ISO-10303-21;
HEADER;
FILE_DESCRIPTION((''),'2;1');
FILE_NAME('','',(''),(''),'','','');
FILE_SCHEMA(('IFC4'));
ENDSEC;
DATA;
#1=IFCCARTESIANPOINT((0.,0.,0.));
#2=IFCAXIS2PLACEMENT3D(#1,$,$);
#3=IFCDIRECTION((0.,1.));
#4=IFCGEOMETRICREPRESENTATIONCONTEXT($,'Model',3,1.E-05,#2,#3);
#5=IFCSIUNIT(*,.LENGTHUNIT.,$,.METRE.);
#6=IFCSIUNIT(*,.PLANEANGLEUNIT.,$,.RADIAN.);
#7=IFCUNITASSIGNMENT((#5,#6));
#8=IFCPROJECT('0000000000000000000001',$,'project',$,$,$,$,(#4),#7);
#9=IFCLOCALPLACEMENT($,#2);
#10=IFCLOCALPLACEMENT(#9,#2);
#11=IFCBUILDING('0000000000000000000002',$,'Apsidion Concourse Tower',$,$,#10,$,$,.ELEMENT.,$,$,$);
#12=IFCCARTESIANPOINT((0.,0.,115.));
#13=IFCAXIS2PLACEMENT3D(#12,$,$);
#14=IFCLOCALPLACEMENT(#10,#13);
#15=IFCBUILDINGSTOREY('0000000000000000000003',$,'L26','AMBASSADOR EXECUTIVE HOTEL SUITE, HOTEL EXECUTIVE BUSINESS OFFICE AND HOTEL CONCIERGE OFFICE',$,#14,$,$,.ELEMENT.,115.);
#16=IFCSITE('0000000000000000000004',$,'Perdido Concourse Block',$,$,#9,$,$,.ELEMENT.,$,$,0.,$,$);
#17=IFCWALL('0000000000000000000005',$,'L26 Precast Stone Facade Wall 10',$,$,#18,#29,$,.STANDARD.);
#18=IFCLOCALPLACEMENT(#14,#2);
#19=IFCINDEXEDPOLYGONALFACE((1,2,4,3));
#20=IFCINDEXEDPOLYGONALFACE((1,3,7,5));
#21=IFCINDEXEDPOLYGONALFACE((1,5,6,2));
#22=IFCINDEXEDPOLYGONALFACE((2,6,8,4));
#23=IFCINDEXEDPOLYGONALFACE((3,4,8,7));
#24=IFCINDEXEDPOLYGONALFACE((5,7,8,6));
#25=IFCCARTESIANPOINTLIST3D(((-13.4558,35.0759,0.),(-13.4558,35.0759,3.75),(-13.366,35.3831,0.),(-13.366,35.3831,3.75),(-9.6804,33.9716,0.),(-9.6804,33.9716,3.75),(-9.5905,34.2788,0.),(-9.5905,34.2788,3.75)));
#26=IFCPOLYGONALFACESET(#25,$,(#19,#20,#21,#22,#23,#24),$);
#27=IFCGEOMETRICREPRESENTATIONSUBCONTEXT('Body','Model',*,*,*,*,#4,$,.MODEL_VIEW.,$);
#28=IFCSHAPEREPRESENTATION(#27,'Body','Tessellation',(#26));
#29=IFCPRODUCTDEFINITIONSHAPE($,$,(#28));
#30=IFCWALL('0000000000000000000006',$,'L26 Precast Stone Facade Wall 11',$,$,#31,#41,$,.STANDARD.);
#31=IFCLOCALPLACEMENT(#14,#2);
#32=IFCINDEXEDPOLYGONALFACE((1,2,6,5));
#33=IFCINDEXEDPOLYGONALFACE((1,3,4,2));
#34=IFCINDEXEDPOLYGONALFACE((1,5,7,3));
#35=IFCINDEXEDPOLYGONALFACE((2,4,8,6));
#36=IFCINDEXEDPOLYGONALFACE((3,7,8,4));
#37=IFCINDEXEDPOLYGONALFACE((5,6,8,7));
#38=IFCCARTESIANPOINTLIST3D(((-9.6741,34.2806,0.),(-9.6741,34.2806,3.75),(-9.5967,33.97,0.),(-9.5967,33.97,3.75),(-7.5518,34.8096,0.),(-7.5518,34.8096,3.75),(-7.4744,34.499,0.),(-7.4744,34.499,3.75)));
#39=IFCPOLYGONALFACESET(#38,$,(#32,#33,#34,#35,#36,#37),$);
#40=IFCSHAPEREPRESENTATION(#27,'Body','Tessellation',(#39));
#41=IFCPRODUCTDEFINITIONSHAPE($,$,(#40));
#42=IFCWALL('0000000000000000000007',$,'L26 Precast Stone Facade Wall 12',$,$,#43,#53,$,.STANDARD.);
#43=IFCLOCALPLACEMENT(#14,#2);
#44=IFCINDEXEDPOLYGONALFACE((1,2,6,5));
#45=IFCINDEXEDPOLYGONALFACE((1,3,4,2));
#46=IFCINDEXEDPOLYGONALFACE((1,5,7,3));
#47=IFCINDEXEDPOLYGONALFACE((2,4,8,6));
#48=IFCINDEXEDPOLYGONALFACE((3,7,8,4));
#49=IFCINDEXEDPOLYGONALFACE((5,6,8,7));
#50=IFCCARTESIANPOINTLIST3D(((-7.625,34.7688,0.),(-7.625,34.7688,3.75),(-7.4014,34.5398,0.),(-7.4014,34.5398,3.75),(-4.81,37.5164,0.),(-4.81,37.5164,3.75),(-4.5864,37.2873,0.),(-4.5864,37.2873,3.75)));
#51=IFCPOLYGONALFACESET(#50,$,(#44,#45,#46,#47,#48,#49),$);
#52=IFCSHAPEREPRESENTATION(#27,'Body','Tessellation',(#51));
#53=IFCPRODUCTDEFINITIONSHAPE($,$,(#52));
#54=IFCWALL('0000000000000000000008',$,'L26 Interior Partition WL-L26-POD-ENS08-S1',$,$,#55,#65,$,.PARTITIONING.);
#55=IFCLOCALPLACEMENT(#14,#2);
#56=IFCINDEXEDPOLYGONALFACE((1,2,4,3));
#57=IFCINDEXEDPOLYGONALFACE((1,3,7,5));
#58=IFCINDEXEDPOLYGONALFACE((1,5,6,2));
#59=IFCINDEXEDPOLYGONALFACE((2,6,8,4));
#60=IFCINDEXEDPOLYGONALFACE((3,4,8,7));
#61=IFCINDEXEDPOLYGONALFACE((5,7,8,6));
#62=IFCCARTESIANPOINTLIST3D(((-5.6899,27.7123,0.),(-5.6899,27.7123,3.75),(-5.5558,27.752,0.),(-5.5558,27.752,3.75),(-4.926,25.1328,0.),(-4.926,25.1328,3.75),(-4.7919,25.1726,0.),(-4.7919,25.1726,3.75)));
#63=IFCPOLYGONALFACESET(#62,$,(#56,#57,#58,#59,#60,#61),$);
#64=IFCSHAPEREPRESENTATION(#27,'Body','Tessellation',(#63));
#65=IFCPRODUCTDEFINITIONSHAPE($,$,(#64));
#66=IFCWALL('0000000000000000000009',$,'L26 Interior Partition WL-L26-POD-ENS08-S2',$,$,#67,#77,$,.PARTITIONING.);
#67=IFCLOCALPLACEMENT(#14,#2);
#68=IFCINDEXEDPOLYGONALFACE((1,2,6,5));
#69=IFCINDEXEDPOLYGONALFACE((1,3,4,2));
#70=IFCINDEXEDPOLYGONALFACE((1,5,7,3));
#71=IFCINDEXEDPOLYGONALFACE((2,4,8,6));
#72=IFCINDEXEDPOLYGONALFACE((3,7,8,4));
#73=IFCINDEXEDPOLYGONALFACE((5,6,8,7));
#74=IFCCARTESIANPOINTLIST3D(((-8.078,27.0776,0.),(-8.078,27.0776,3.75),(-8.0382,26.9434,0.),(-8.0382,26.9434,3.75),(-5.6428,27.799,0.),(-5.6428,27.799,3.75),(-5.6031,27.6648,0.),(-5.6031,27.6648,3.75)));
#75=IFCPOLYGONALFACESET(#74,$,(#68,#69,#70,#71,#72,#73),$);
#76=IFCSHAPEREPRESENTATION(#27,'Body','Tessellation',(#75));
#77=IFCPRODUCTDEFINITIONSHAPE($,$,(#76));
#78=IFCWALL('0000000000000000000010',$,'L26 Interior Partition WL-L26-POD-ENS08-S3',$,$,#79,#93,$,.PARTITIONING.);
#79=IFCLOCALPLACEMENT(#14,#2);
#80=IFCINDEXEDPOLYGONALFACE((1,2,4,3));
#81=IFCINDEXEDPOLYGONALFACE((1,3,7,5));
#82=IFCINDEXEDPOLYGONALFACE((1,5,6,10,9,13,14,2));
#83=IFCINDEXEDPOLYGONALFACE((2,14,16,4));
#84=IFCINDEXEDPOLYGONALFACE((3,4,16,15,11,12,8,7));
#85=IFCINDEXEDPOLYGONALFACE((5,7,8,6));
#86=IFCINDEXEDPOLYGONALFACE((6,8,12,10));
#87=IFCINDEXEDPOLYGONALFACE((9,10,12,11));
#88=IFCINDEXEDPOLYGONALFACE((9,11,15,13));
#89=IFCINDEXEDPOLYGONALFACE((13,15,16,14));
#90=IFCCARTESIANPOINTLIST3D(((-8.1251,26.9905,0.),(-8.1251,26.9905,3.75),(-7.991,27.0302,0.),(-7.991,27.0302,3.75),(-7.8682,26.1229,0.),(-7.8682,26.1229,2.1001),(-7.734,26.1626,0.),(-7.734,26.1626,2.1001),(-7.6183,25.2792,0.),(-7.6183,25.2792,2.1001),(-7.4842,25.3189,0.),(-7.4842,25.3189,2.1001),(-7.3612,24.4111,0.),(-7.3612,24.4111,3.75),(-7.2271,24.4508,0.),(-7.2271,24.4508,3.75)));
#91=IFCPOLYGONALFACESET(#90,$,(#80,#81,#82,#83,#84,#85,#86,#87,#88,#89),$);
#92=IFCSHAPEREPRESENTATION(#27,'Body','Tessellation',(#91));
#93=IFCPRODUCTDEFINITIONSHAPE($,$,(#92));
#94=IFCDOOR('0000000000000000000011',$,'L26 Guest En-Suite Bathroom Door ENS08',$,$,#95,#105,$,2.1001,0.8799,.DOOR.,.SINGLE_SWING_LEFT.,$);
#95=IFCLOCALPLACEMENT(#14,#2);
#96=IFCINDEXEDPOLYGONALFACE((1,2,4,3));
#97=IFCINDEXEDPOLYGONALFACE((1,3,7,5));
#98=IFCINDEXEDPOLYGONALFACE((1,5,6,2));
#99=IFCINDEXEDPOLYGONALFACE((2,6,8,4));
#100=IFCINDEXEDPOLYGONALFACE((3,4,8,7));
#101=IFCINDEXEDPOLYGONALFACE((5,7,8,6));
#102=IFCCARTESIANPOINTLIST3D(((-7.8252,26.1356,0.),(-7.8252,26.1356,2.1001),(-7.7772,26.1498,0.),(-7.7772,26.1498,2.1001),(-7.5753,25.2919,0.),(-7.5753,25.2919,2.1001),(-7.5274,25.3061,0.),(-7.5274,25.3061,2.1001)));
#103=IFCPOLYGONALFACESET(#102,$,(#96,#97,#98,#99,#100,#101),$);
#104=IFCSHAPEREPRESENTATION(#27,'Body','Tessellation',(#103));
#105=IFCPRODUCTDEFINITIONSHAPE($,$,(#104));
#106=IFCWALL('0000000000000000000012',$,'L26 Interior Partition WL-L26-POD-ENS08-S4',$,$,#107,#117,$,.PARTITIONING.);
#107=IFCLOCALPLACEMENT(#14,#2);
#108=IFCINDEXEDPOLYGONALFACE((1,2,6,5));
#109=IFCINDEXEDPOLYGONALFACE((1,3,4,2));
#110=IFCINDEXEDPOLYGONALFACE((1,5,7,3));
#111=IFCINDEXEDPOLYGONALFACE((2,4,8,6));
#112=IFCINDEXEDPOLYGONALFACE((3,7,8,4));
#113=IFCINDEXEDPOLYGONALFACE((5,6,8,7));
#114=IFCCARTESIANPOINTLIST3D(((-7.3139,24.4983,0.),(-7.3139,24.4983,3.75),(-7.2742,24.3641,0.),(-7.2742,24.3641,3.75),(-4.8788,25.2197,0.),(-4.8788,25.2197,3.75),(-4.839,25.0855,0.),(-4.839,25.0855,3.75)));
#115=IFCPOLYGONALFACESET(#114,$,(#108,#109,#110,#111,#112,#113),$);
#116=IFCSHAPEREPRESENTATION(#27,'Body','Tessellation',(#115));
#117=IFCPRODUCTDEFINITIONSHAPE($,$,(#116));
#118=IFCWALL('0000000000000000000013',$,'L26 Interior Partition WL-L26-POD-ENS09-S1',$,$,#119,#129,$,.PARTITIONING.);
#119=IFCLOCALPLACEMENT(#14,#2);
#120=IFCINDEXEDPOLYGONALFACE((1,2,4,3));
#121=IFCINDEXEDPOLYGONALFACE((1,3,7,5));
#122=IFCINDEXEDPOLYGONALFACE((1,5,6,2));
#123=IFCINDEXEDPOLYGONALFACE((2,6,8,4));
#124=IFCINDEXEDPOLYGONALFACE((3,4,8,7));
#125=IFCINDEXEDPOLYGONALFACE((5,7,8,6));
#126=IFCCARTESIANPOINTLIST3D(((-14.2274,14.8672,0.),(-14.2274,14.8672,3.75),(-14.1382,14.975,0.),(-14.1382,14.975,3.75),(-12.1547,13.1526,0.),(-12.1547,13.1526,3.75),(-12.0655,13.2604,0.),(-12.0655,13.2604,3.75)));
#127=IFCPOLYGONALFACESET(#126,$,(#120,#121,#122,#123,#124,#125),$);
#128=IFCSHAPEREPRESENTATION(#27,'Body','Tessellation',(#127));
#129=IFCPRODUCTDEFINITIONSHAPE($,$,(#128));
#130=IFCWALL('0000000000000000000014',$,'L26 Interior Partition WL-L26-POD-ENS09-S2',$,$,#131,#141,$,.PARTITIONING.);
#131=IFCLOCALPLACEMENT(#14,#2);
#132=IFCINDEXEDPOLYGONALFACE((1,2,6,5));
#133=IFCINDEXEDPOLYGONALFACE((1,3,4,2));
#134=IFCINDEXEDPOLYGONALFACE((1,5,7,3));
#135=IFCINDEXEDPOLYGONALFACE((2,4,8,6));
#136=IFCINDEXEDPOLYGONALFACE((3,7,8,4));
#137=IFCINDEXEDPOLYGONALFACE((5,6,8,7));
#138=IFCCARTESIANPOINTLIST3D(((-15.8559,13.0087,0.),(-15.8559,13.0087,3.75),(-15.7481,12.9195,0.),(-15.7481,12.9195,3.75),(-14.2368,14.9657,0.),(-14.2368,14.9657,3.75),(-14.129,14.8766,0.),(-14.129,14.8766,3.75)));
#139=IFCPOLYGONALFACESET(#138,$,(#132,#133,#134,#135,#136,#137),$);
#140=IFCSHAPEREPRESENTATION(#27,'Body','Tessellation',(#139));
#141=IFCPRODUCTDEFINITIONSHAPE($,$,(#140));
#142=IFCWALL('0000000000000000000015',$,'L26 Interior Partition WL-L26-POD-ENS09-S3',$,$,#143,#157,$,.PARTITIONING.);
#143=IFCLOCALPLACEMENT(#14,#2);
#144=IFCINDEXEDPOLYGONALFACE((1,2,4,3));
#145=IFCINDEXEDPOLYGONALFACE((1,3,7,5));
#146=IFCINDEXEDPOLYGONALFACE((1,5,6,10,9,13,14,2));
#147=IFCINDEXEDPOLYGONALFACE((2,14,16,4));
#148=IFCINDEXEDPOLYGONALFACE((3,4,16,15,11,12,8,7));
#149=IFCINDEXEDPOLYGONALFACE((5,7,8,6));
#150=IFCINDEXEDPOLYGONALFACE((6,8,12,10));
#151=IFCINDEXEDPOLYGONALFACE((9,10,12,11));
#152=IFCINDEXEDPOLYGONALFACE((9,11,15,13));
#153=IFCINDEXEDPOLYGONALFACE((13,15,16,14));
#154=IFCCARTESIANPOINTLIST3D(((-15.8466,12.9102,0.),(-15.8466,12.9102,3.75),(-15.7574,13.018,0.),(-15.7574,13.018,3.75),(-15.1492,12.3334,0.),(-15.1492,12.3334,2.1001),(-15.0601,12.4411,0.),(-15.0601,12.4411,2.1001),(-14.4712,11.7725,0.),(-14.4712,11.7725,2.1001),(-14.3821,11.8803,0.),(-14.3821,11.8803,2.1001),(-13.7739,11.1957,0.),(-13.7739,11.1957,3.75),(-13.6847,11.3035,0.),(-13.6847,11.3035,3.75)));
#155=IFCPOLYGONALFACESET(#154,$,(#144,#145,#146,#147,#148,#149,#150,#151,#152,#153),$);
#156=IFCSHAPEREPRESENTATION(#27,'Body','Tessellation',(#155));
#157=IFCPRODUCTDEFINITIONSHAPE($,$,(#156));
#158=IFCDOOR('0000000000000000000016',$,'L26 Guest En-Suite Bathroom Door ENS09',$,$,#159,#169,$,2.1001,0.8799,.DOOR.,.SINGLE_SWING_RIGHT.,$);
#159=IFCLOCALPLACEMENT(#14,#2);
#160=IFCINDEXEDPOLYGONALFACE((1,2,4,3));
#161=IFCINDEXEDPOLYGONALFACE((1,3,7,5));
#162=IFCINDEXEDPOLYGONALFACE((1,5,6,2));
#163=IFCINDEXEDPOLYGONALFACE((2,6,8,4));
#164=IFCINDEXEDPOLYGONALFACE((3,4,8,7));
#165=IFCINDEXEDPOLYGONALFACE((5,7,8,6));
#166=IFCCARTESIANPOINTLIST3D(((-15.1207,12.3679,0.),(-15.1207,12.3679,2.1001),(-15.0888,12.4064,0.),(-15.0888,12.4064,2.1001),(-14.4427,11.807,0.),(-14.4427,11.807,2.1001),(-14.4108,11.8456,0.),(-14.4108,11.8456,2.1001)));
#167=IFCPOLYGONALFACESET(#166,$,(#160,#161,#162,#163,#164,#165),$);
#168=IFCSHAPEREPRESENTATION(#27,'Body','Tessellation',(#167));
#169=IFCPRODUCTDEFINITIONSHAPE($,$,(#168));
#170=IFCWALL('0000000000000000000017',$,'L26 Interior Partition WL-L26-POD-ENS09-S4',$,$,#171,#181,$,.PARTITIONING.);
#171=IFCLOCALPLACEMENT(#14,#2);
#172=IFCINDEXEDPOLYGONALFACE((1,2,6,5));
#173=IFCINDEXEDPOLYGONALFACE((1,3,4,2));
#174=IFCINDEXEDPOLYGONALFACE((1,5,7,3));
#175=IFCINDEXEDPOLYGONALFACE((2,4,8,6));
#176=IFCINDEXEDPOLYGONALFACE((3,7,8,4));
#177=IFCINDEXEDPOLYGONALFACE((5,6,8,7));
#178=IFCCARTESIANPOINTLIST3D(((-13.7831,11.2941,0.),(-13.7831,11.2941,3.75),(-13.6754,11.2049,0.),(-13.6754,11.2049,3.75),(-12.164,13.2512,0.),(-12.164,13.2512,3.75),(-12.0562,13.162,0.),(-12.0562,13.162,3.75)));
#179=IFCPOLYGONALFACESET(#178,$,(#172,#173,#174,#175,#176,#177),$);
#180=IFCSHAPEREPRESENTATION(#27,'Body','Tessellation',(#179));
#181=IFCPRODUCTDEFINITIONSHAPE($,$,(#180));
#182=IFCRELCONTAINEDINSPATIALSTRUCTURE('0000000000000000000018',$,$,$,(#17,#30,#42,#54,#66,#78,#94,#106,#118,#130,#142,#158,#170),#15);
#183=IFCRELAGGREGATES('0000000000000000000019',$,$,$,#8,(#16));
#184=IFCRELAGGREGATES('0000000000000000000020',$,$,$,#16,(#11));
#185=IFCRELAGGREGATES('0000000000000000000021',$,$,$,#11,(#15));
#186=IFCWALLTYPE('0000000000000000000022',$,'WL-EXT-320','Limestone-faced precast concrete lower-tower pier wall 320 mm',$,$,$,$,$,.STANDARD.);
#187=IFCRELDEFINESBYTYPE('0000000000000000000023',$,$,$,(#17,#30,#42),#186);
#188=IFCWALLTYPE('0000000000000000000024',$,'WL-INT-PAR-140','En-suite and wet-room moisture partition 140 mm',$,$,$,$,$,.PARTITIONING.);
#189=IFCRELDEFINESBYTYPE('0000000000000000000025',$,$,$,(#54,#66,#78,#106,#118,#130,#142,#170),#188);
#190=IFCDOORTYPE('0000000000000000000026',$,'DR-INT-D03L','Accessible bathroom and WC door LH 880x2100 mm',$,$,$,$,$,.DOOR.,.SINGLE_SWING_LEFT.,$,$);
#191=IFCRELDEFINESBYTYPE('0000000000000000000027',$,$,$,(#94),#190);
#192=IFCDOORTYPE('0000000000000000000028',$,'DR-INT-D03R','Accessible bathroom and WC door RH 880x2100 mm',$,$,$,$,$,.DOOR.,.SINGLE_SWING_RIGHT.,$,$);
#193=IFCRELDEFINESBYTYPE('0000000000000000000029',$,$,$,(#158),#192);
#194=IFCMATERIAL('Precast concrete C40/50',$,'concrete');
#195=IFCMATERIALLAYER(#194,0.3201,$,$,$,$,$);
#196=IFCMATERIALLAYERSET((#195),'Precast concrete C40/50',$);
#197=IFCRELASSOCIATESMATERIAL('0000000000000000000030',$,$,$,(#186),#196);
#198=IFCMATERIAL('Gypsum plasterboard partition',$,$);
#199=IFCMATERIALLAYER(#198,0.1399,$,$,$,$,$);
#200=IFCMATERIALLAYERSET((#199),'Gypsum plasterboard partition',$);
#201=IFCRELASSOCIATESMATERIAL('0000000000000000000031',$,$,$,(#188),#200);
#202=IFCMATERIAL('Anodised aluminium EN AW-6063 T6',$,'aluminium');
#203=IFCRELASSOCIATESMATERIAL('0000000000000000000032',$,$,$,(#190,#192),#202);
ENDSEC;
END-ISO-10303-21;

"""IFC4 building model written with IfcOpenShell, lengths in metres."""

from ifc_helpers import new_model, si_unit, direction, frame, frame_2d, origin, place, context, subcontext, project, spatial, rectangle, extrude, material, layer, layer_set, type_object, element, fill, save


model = new_model("IFC4")

# Units and contexts
model_context = context("Model", 3, precision=1e-05, world=origin(), true_north=direction((0.0, 1.0)))
body_context = subcontext(model_context, "Body", "Model", "MODEL_VIEW")
ifc_project = project(units=[si_unit("LENGTHUNIT", "METRE"), si_unit("PLANEANGLEUNIT", "RADIAN")], contexts=[model_context])

# Site, building, storey
site_placement = place(None, origin())
site = spatial("IfcSite", under=ifc_project, at=site_placement, Name="Perdido Concourse Block", CompositionType="ELEMENT", RefElevation=0.0)
building_placement = place(site_placement, origin())
building = spatial("IfcBuilding", under=site, at=building_placement, Name="Apsidion Concourse Tower", CompositionType="ELEMENT")
storey_placement = place(building_placement, frame((0.0, 0.0, 115.0)))
storey = spatial("IfcBuildingStorey", under=building, at=storey_placement, Name="L26", Description="AMBASSADOR EXECUTIVE HOTEL SUITE, HOTEL EXECUTIVE BUSINESS OFFICE AND HOTEL CONCIERGE OFFICE", CompositionType="ELEMENT", Elevation=115.0)

# Shared definitions
ifc_material_1 = material(Name="Precast concrete C40/50", Category="concrete")
ifc_layer_1 = layer(ifc_material_1, 0.3201)
ifc_layer_set_1 = layer_set([ifc_layer_1], Name="Precast concrete C40/50")
wall_type_1 = type_object("IfcWallType", Name="WL-EXT-320", Description="Limestone-faced precast concrete lower-tower pier wall 320 mm", PredefinedType="STANDARD", material=ifc_layer_set_1)
ifc_material_2 = material(Name="Anodised aluminium EN AW-6063 T6", Category="aluminium")

# Walls
wall_1_placement = place(storey_placement, frame((-13.4109, 35.2295, 0.0), z_axis=(0.0, 0.0, 1.0), x_axis=(0.959788, -0.280724, 0.0)))
element("IfcWall", 1, at=wall_1_placement, inside=storey, type_object=wall_type_1, Name="L26 Precast Stone Facade Wall 10", PredefinedType="STANDARD", context=body_context, shape_type="SweptSolid", body=[
    extrude(rectangle(XDim=3.9336, YDim=0.3201, at=frame_2d((1.9668, 0.0))), origin(), (0.0, 0.0, 1.0), 3.75),
])
wall_2_placement = place(storey_placement, frame((-9.6355, 34.1252, 0.0), z_axis=(0.0, 0.0, 1.0), x_axis=(0.970306, 0.241879, 0.0)))
element("IfcWall", 2, at=wall_2_placement, inside=storey, type_object=wall_type_1, Name="L26 Precast Stone Facade Wall 11", PredefinedType="STANDARD", context=body_context, shape_type="SweptSolid", body=[
    extrude(rectangle(XDim=2.1873, YDim=0.3201, at=frame_2d((1.0938, 0.0))), origin(), (0.0, 0.0, 1.0), 3.75),
])
wall_3_placement = place(storey_placement, frame((-7.5132, 34.6543, 0.0), z_axis=(0.0, 0.0, 1.0), x_axis=(0.71562, 0.69849, 0.0)))
element("IfcWall", 3, at=wall_3_placement, inside=storey, type_object=wall_type_1, Name="L26 Precast Stone Facade Wall 12", PredefinedType="STANDARD", context=body_context, shape_type="SweptSolid", body=[
    extrude(rectangle(XDim=3.9336, YDim=0.3201, at=frame_2d((1.9668, 0.0))), origin(), (0.0, 0.0, 1.0), 3.75),
])
ifc_material_3 = material(Name="Gypsum plasterboard partition")
ifc_layer_2 = layer(ifc_material_3, 0.1399)
ifc_layer_set_2 = layer_set([ifc_layer_2], Name="Gypsum plasterboard partition")
wall_type_2 = type_object("IfcWallType", Name="WL-INT-PAR-140", Description="En-suite and wet-room moisture partition 140 mm", PredefinedType="PARTITIONING", material=ifc_layer_set_2)
wall_4_placement = place(storey_placement, frame((-4.8589, 25.1526, 0.0), z_axis=(0.0, 0.0, 1.0), x_axis=(-0.283974, 0.958832, 0.0)))
element("IfcWall", 4, at=wall_4_placement, inside=storey, type_object=wall_type_2, Name="L26 Interior Partition WL-L26-POD-ENS08-S1", PredefinedType="PARTITIONING", context=body_context, shape_type="SweptSolid", body=[
    extrude(rectangle(XDim=2.6902, YDim=0.1399, at=frame_2d((1.3452, 0.0))), origin(), (0.0, 0.0, 1.0), 3.75),
])
wall_5_placement = place(storey_placement, frame((-5.6228, 27.7319, 0.0), z_axis=(0.0, 0.0, 1.0), x_axis=(-0.958813, -0.284039, 0.0)))
element("IfcWall", 5, at=wall_5_placement, inside=storey, type_object=wall_type_2, Name="L26 Interior Partition WL-L26-POD-ENS08-S2", PredefinedType="PARTITIONING", context=body_context, shape_type="SweptSolid", body=[
    extrude(rectangle(XDim=2.5398, YDim=0.1399, at=frame_2d((1.27, 0.0))), origin(), (0.0, 0.0, 1.0), 3.75),
])

# Wall, opening, door
wall_6_placement = place(storey_placement, frame((-8.0581, 27.0105, 0.0), z_axis=(0.0, 0.0, 1.0), x_axis=(0.283974, -0.958832, 0.0)))
wall_6 = element("IfcWall", 6, at=wall_6_placement, inside=storey, type_object=wall_type_2, Name="L26 Interior Partition WL-L26-POD-ENS08-S3", PredefinedType="PARTITIONING", context=body_context, shape_type="SweptSolid", body=[
    extrude(rectangle(XDim=2.6902, YDim=0.1399, at=frame_2d((1.3452, 0.0))), origin(), (0.0, 0.0, 1.0), 3.75),
])
opening_1_placement = place(wall_6_placement, frame((0.905, 0.0, 0.0)))
opening_1 = element("IfcOpeningElement", 7, at=opening_1_placement, cuts=wall_6, PredefinedType="OPENING", context=body_context, shape_type="SweptSolid", body=[
    extrude(rectangle(XDim=0.8799, YDim=2.1001, at=frame_2d((0.4399, 1.05))), frame((0.0, 0.0801, 0.0), z_axis=(0.0, -1.0, 0.0), x_axis=(1.0, 0.0, 0.0)), (0.0, 0.0, 1.0), 0.1599),
])
door_type_1 = type_object("IfcDoorType", Name="DR-INT-D03L", Description="Accessible bathroom and WC door LH 880x2100 mm", OperationType="SINGLE_SWING_LEFT", PredefinedType="DOOR", material=ifc_material_2)
door_1_placement = place(opening_1_placement, origin())
door_1 = element("IfcDoor", 8, at=door_1_placement, inside=storey, type_object=door_type_1, Name="L26 Guest En-Suite Bathroom Door ENS08", OperationType="SINGLE_SWING_LEFT", OverallHeight=2.1001, OverallWidth=0.8799, PredefinedType="DOOR", context=body_context, shape_type="SweptSolid", body=[
    extrude(rectangle(XDim=0.8799, YDim=2.1001, at=frame_2d((0.4399, 1.05))), frame((0.0, 0.0249, 0.0), z_axis=(0.0, -1.0, 0.0), x_axis=(1.0, 0.0, 0.0)), (0.0, 0.0, 1.0), 0.05),
])
fill(opening_1, door_1)

# Walls
wall_7_placement = place(storey_placement, frame((-7.2942, 24.4312, 0.0), z_axis=(0.0, 0.0, 1.0), x_axis=(0.958813, 0.284039, 0.0)))
element("IfcWall", 9, at=wall_7_placement, inside=storey, type_object=wall_type_2, Name="L26 Interior Partition WL-L26-POD-ENS08-S4", PredefinedType="PARTITIONING", context=body_context, shape_type="SweptSolid", body=[
    extrude(rectangle(XDim=2.5398, YDim=0.1399, at=frame_2d((1.27, 0.0))), origin(), (0.0, 0.0, 1.0), 3.75),
])
wall_8_placement = place(storey_placement, frame((-12.1101, 13.2065, 0.0), z_axis=(0.0, 0.0, 1.0), x_axis=(-0.770537, 0.637395, 0.0)))
element("IfcWall", 10, at=wall_8_placement, inside=storey, type_object=wall_type_2, Name="L26 Interior Partition WL-L26-POD-ENS09-S1", PredefinedType="PARTITIONING", context=body_context, shape_type="SweptSolid", body=[
    extrude(rectangle(XDim=2.6899, YDim=0.1399, at=frame_2d((1.345, 0.0))), origin(), (0.0, 0.0, 1.0), 3.75),
])
wall_9_placement = place(storey_placement, frame((-14.1829, 14.9211, 0.0), z_axis=(0.0, 0.0, 1.0), x_axis=(-0.637458, -0.770485, 0.0)))
element("IfcWall", 11, at=wall_9_placement, inside=storey, type_object=wall_type_2, Name="L26 Interior Partition WL-L26-POD-ENS09-S2", PredefinedType="PARTITIONING", context=body_context, shape_type="SweptSolid", body=[
    extrude(rectangle(XDim=2.54, YDim=0.1399, at=frame_2d((1.27, 0.0))), origin(), (0.0, 0.0, 1.0), 3.75),
])

# Wall, opening, door
wall_10_placement = place(storey_placement, frame((-15.802, 12.9641, 0.0), z_axis=(0.0, 0.0, 1.0), x_axis=(0.770537, -0.637395, 0.0)))
wall_10 = element("IfcWall", 12, at=wall_10_placement, inside=storey, type_object=wall_type_2, Name="L26 Interior Partition WL-L26-POD-ENS09-S3", PredefinedType="PARTITIONING", context=body_context, shape_type="SweptSolid", body=[
    extrude(rectangle(XDim=2.6899, YDim=0.1399, at=frame_2d((1.345, 0.0))), origin(), (0.0, 0.0, 1.0), 3.75),
])
opening_2_placement = place(wall_10_placement, frame((0.905, 0.0, 0.0)))
opening_2 = element("IfcOpeningElement", 13, at=opening_2_placement, cuts=wall_10, PredefinedType="OPENING", context=body_context, shape_type="SweptSolid", body=[
    extrude(rectangle(XDim=0.8799, YDim=2.1001, at=frame_2d((0.4399, 1.05))), frame((0.0, 0.0801, 0.0), z_axis=(0.0, -1.0, 0.0), x_axis=(1.0, 0.0, 0.0)), (0.0, 0.0, 1.0), 0.1599),
])
door_type_2 = type_object("IfcDoorType", Name="DR-INT-D03R", Description="Accessible bathroom and WC door RH 880x2100 mm", OperationType="SINGLE_SWING_RIGHT", PredefinedType="DOOR", material=ifc_material_2)
door_2_placement = place(opening_2_placement, origin())
door_2 = element("IfcDoor", 14, at=door_2_placement, inside=storey, type_object=door_type_2, Name="L26 Guest En-Suite Bathroom Door ENS09", OperationType="SINGLE_SWING_RIGHT", OverallHeight=2.1001, OverallWidth=0.8799, PredefinedType="DOOR", context=body_context, shape_type="SweptSolid", body=[
    extrude(rectangle(XDim=0.8799, YDim=2.1001, at=frame_2d((0.4399, 1.05))), frame((0.0, 0.0249, 0.0), z_axis=(0.0, -1.0, 0.0), x_axis=(1.0, 0.0, 0.0)), (0.0, 0.0, 1.0), 0.05),
])
fill(opening_2, door_2)

# Wall
wall_11_placement = place(storey_placement, frame((-13.7292, 11.2495, 0.0), z_axis=(0.0, 0.0, 1.0), x_axis=(0.637458, 0.770485, 0.0)))
element("IfcWall", 15, at=wall_11_placement, inside=storey, type_object=wall_type_2, Name="L26 Interior Partition WL-L26-POD-ENS09-S4", PredefinedType="PARTITIONING", context=body_context, shape_type="SweptSolid", body=[
    extrude(rectangle(XDim=2.54, YDim=0.1399, at=frame_2d((1.27, 0.0))), origin(), (0.0, 0.0, 1.0), 3.75),
])

save(model, "model.ifc")
